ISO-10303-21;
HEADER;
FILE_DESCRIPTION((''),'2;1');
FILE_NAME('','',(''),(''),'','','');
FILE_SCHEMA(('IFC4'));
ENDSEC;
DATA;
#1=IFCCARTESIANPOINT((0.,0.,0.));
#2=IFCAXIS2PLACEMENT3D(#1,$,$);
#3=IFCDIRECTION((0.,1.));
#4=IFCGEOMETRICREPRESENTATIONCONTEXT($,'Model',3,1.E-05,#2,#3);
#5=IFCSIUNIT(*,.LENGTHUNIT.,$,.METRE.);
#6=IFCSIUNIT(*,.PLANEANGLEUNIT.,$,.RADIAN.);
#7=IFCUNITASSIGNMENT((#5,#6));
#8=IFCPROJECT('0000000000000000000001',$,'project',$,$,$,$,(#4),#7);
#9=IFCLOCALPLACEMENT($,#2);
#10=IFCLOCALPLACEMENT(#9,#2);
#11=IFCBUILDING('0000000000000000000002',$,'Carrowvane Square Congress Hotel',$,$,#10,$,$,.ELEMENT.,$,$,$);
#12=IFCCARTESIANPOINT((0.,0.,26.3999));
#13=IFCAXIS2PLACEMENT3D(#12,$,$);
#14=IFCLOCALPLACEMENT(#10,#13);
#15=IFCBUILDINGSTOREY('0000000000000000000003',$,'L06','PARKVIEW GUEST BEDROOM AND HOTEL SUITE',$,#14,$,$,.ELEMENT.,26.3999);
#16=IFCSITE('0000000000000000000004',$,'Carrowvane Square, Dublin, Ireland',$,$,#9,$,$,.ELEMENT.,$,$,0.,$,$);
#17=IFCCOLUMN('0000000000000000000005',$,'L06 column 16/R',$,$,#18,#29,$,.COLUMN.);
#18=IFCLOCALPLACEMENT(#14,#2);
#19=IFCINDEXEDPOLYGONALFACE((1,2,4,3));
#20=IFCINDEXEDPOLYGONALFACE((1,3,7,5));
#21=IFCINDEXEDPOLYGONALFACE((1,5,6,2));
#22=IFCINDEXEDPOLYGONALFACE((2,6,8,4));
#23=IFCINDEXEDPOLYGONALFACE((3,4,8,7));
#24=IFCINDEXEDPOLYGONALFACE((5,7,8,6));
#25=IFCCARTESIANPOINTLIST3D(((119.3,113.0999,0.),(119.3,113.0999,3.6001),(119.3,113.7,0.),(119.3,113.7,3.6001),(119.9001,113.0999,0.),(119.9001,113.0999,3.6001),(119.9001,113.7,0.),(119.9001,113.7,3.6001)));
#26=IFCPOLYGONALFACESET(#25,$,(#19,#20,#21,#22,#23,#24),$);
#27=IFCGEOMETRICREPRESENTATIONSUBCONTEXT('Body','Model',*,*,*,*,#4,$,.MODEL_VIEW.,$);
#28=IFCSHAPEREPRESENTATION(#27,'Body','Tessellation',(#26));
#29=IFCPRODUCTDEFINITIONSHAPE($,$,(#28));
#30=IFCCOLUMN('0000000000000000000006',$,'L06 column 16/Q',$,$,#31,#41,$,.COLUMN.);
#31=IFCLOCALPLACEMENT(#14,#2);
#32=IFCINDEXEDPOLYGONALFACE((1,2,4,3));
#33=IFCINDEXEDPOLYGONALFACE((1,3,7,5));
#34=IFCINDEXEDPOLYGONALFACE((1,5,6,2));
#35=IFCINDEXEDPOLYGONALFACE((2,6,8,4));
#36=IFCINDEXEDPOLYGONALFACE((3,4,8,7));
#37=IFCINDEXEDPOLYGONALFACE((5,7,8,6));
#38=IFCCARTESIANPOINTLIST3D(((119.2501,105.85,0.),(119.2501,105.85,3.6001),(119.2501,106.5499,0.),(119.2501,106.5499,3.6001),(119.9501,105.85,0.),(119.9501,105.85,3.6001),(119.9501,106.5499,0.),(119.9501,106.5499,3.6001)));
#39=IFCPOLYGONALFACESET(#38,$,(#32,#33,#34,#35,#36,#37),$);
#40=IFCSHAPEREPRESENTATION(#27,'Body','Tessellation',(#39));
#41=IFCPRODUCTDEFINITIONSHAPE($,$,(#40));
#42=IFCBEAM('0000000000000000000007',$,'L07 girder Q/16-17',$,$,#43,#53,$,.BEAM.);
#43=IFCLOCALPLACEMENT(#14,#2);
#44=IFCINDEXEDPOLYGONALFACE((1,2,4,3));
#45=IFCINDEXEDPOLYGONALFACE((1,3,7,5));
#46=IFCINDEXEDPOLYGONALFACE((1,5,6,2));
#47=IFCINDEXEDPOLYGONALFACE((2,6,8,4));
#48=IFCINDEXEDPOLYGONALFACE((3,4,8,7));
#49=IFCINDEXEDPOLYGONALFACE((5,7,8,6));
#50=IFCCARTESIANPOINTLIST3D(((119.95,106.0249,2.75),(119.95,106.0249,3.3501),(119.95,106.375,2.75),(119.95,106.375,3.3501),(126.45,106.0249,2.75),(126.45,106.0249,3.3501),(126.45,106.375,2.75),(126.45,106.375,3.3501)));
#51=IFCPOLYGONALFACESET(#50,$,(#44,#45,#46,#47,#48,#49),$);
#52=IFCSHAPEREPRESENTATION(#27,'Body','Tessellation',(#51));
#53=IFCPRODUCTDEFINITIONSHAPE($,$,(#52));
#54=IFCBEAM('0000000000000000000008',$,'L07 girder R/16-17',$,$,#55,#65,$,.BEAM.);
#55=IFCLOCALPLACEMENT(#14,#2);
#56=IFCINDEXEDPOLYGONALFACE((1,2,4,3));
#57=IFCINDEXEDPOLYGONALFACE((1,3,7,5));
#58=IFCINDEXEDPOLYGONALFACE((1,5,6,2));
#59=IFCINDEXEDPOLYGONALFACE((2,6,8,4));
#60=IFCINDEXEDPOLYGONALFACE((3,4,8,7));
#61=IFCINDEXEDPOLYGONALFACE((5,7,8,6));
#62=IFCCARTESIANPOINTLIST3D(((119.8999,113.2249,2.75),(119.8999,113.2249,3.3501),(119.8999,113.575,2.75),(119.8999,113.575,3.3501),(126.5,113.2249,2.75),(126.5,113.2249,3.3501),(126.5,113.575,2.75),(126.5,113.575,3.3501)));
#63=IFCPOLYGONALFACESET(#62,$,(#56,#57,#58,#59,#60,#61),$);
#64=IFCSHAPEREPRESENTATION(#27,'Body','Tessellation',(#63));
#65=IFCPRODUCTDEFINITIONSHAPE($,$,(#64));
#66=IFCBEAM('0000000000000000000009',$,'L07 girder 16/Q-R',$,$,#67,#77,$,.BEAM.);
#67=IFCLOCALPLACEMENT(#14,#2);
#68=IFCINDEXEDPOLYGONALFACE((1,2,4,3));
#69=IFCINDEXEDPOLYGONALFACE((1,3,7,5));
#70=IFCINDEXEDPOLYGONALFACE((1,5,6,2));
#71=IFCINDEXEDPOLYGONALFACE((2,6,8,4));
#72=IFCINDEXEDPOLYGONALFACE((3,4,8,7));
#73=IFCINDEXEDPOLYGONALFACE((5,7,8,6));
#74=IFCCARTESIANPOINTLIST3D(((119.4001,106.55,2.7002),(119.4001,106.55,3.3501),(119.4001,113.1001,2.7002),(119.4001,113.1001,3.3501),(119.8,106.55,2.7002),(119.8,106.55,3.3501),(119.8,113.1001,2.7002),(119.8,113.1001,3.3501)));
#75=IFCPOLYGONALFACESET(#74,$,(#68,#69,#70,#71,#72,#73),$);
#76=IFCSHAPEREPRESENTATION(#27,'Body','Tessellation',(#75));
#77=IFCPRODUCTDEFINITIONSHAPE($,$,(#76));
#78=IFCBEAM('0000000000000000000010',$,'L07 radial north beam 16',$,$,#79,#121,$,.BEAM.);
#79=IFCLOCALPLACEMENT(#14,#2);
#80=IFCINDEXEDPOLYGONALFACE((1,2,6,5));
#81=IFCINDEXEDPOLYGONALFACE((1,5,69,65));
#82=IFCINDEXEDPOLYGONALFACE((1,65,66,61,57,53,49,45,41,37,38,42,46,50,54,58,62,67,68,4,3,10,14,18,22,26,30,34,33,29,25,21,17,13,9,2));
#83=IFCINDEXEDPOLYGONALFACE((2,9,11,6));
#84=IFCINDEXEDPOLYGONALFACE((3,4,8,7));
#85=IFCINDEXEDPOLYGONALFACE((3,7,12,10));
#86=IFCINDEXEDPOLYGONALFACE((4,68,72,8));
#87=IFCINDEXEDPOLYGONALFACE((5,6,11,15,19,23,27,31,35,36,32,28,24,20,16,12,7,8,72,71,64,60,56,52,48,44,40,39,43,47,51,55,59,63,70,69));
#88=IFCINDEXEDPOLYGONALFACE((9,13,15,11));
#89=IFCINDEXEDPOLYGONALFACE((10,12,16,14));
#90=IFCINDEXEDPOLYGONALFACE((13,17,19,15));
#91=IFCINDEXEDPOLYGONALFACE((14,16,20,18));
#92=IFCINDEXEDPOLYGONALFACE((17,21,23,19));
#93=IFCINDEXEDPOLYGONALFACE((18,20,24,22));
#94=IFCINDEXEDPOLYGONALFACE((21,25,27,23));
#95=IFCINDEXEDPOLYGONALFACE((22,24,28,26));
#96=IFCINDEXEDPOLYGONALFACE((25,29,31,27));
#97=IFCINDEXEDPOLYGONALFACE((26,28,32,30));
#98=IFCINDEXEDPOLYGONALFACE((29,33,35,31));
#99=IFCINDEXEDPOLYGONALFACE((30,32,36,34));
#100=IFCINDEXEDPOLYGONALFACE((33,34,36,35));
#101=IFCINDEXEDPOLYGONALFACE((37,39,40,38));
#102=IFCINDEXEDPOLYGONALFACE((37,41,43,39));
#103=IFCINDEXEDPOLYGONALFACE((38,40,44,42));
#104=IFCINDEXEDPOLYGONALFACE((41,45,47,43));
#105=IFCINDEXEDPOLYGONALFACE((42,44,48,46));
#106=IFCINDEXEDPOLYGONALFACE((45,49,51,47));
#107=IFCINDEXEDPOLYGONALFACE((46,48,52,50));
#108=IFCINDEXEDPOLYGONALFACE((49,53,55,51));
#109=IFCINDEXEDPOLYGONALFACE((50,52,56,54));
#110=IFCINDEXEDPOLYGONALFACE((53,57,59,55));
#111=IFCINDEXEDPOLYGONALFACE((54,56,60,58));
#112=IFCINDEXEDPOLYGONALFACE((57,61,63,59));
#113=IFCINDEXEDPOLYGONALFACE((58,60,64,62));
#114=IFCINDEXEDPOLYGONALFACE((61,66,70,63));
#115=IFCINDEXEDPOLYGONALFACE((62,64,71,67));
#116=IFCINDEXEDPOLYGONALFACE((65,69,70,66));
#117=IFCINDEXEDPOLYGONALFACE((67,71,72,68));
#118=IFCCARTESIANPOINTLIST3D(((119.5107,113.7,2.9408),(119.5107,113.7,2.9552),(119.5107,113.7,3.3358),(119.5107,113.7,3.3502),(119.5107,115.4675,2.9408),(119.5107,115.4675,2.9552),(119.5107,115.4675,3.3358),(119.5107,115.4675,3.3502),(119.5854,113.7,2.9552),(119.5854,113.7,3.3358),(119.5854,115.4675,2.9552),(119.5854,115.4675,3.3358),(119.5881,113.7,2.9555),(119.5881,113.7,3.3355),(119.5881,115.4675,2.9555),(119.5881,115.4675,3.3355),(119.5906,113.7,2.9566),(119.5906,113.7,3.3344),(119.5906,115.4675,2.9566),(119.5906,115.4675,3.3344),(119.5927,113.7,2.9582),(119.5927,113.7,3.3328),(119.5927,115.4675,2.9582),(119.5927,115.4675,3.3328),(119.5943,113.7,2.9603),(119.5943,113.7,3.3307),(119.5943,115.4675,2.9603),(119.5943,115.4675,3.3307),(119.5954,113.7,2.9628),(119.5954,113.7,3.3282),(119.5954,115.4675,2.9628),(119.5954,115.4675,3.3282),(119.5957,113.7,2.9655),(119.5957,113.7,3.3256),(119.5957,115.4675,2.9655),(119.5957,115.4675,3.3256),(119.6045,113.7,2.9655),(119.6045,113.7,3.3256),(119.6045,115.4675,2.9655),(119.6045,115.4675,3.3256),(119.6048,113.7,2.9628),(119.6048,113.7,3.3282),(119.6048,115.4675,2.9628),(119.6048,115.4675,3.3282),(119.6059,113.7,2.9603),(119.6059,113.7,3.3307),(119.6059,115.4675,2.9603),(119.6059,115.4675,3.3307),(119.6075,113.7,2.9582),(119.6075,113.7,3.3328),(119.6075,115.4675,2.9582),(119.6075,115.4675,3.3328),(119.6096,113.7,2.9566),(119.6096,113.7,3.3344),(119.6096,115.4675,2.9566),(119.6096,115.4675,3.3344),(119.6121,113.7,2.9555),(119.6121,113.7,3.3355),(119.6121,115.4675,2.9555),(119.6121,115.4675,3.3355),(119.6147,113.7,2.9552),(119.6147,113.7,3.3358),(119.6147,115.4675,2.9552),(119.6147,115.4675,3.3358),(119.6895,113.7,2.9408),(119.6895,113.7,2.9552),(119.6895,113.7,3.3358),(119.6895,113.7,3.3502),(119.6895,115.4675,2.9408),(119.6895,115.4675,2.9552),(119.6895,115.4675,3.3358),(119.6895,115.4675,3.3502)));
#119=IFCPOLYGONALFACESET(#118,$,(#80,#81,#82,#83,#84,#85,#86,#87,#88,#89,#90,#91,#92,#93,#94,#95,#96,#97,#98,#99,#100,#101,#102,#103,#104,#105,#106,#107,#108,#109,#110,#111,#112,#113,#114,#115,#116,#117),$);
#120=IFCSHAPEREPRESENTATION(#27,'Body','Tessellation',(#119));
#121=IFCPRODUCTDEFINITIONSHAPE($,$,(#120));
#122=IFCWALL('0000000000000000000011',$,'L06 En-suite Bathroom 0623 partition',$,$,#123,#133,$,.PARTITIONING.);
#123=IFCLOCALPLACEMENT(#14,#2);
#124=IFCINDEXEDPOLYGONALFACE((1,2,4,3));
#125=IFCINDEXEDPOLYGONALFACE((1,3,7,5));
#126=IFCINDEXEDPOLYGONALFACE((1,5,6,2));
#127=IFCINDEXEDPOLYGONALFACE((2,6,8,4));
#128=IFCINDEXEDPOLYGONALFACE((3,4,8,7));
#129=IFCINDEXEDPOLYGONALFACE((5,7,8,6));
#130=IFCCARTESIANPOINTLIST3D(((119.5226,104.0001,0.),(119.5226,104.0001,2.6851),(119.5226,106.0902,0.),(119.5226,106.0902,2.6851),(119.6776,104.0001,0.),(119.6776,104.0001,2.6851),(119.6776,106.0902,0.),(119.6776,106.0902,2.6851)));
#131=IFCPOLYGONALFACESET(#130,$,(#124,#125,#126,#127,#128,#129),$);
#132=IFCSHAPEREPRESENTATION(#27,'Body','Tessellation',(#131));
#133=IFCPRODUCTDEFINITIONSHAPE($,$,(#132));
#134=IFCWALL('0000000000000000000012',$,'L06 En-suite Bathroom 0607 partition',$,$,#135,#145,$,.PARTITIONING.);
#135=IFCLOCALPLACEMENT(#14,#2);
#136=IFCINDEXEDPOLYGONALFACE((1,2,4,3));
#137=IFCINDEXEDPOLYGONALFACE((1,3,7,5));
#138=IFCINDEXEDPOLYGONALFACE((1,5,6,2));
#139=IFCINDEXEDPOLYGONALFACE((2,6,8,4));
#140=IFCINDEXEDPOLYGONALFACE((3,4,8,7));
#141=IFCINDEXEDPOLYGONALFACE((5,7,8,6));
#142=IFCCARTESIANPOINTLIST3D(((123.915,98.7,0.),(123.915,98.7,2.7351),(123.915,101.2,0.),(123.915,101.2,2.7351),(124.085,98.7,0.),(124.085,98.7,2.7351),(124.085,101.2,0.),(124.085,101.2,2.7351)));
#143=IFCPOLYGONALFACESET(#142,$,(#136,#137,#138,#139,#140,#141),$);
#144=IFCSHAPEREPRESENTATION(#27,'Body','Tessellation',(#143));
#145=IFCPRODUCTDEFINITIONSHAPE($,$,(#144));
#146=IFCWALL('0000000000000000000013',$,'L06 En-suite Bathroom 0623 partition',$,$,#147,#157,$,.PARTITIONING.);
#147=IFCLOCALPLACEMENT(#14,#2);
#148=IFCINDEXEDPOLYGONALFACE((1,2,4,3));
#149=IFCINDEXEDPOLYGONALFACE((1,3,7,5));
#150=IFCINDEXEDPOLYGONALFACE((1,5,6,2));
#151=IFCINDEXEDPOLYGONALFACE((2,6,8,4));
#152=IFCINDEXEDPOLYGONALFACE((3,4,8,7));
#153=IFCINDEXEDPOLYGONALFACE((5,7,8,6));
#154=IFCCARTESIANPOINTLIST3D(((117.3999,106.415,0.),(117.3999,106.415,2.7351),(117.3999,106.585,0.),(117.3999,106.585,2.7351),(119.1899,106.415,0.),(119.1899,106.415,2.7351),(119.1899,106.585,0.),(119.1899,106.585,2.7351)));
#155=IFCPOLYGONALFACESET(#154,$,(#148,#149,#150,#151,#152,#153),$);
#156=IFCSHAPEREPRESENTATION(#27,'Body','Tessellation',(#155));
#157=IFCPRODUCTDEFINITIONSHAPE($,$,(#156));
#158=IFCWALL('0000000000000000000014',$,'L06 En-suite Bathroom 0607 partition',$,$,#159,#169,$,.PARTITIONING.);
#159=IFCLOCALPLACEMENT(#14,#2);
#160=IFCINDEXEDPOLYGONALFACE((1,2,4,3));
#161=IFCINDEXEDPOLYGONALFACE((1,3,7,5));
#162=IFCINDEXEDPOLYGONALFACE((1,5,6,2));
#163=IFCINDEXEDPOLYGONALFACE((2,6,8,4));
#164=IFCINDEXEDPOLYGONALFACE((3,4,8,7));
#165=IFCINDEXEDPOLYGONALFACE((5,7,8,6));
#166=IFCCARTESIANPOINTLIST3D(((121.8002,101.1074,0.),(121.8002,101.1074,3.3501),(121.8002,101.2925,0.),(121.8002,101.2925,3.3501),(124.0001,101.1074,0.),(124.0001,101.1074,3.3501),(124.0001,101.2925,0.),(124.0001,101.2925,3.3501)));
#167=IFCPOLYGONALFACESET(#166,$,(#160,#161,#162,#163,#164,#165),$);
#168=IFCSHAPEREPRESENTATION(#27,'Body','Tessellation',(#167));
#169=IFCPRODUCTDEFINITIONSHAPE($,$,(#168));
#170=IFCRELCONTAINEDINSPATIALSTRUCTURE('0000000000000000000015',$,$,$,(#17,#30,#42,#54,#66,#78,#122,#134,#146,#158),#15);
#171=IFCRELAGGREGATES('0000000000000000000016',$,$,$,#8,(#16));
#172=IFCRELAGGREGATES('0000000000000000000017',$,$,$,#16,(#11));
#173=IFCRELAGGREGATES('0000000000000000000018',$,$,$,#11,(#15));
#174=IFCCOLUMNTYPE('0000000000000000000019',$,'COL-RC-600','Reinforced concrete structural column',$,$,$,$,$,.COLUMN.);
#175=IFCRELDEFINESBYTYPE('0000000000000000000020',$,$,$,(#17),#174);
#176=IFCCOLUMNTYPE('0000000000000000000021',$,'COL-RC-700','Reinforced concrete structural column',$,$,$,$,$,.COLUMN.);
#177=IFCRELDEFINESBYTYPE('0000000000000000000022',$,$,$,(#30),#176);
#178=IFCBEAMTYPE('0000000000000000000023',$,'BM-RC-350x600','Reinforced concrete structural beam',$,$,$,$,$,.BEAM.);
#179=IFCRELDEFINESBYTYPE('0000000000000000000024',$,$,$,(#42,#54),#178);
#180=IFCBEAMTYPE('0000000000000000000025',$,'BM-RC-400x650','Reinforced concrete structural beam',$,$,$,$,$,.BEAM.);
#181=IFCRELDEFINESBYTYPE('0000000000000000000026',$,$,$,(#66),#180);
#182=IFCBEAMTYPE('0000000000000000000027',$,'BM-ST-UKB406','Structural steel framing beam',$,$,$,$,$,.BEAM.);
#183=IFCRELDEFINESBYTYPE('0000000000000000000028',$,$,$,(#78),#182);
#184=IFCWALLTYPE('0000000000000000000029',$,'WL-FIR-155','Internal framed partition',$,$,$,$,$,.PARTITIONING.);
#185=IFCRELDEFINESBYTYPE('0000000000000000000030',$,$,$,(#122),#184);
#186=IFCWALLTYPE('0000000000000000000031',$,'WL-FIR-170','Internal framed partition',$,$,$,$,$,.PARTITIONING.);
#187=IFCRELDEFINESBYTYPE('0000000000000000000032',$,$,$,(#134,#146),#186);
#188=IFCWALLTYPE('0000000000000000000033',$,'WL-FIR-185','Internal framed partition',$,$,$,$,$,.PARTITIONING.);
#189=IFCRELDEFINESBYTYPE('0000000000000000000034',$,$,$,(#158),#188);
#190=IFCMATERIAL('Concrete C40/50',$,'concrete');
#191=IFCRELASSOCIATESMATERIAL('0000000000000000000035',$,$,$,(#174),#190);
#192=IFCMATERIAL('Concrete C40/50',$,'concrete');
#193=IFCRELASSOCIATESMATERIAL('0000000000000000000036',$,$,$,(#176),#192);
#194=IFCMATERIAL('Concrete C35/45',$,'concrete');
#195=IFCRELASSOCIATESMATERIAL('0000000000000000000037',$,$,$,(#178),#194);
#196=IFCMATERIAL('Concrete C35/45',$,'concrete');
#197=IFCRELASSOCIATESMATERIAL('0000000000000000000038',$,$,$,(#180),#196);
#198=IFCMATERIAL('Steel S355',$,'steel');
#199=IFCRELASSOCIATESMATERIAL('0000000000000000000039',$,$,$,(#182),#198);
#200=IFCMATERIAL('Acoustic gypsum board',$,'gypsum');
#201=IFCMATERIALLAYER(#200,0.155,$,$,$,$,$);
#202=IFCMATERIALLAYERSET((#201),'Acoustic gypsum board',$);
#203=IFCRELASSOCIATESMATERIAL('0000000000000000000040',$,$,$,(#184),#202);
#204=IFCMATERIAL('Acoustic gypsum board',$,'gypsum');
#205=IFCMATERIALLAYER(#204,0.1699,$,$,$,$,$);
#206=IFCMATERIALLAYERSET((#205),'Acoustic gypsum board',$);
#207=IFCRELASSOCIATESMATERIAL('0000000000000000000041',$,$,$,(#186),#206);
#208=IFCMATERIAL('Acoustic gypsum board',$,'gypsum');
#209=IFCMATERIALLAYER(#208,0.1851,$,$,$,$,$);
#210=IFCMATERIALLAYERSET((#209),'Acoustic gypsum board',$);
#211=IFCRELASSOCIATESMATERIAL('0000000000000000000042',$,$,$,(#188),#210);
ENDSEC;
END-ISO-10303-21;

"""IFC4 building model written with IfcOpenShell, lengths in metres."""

from ifc_helpers import new_model, si_unit, direction, frame, frame_2d, origin, origin_2d, place, context, subcontext, project, spatial, rectangle, i_section, extrude, material, layer, layer_set, material_profile, profile_set, type_object, element, save


model = new_model("IFC4")

# Units and contexts
model_context = context("Model", 3, precision=1e-05, world=origin(), true_north=direction((0.0, 1.0)))
body_context = subcontext(model_context, "Body", "Model", "MODEL_VIEW")
ifc_project = project(units=[si_unit("LENGTHUNIT", "METRE"), si_unit("PLANEANGLEUNIT", "RADIAN")], contexts=[model_context])

# Site, building, storey
site_placement = place(None, origin())
site = spatial("IfcSite", under=ifc_project, at=site_placement, Name="Carrowvane Square, Dublin, Ireland", CompositionType="ELEMENT", RefElevation=0.0)
building_placement = place(site_placement, origin())
building = spatial("IfcBuilding", under=site, at=building_placement, Name="Carrowvane Square Congress Hotel", CompositionType="ELEMENT")
storey_placement = place(building_placement, frame((0.0, 0.0, 26.3999)))
storey = spatial("IfcBuildingStorey", under=building, at=storey_placement, Name="L06", Description="PARKVIEW GUEST BEDROOM AND HOTEL SUITE", CompositionType="ELEMENT", Elevation=26.3999)

# Columns
ifc_material_1 = material(Name="Concrete C40/50", Category="concrete")
ifc_material_profile_1 = material_profile(ifc_material_1, rectangle(XDim=0.6001, YDim=0.6001, at=origin_2d()), Name="RC 600x600")
ifc_profile_set_1 = profile_set([ifc_material_profile_1], Name="Concrete C40/50")
column_type_1 = type_object("IfcColumnType", Name="COL-RC-600", Description="Reinforced concrete structural column", PredefinedType="COLUMN", material=ifc_profile_set_1)
column_1_placement = place(storey_placement, frame((119.6001, 113.3999, 0.0), z_axis=(0.0, 0.0, 1.0), x_axis=(1.0, 0.0, 0.0)))
element("IfcColumn", 1, at=column_1_placement, inside=storey, type_object=column_type_1, Name="L06 column 16/R", PredefinedType="COLUMN", context=body_context, shape_type="SweptSolid", body=[
    extrude(rectangle(XDim=0.6001, YDim=0.6001, at=origin_2d()), origin(), (0.0, 0.0, 1.0), 3.6001),
])
ifc_material_2 = material(Name="Concrete C40/50", Category="concrete")
ifc_material_profile_2 = material_profile(ifc_material_2, rectangle(XDim=0.7, YDim=0.7, at=origin_2d()), Name="RC 700x700")
ifc_profile_set_2 = profile_set([ifc_material_profile_2], Name="Concrete C40/50")
column_type_2 = type_object("IfcColumnType", Name="COL-RC-700", Description="Reinforced concrete structural column", PredefinedType="COLUMN", material=ifc_profile_set_2)
column_2_placement = place(storey_placement, frame((119.6001, 106.2, 0.0), z_axis=(0.0, 0.0, 1.0), x_axis=(1.0, 0.0, 0.0)))
element("IfcColumn", 2, at=column_2_placement, inside=storey, type_object=column_type_2, Name="L06 column 16/Q", PredefinedType="COLUMN", context=body_context, shape_type="SweptSolid", body=[
    extrude(rectangle(XDim=0.7, YDim=0.7, at=origin_2d()), origin(), (0.0, 0.0, 1.0), 3.6001),
])

# Beams
ifc_material_3 = material(Name="Concrete C35/45", Category="concrete")
ifc_material_profile_3 = material_profile(ifc_material_3, rectangle(XDim=0.3501, YDim=0.6001, at=origin_2d()), Name="RC 350x600")
ifc_profile_set_3 = profile_set([ifc_material_profile_3], Name="Concrete C35/45")
beam_type_1 = type_object("IfcBeamType", Name="BM-RC-350x600", Description="Reinforced concrete structural beam", PredefinedType="BEAM", material=ifc_profile_set_3)
beam_1_placement = place(storey_placement, frame((119.95, 106.2, 3.05), z_axis=(1.0, 0.0, 0.0), x_axis=(0.0, 1.0, 0.0)))
element("IfcBeam", 3, at=beam_1_placement, inside=storey, type_object=beam_type_1, Name="L07 girder Q/16-17", PredefinedType="BEAM", context=body_context, shape_type="SweptSolid", body=[
    extrude(rectangle(XDim=0.3501, YDim=0.6001, at=origin_2d()), origin(), (0.0, 0.0, 1.0), 6.5),
])
beam_2_placement = place(storey_placement, frame((119.8999, 113.3999, 3.05), z_axis=(1.0, 0.0, 0.0), x_axis=(0.0, 1.0, 0.0)))
element("IfcBeam", 4, at=beam_2_placement, inside=storey, type_object=beam_type_1, Name="L07 girder R/16-17", PredefinedType="BEAM", context=body_context, shape_type="SweptSolid", body=[
    extrude(rectangle(XDim=0.3501, YDim=0.6001, at=origin_2d()), origin(), (0.0, 0.0, 1.0), 6.6001),
])
ifc_material_4 = material(Name="Concrete C35/45", Category="concrete")
ifc_material_profile_4 = material_profile(ifc_material_4, rectangle(XDim=0.3999, YDim=0.6499, at=origin_2d()), Name="RC 400x650")
ifc_profile_set_4 = profile_set([ifc_material_profile_4], Name="Concrete C35/45")
beam_type_2 = type_object("IfcBeamType", Name="BM-RC-400x650", Description="Reinforced concrete structural beam", PredefinedType="BEAM", material=ifc_profile_set_4)
beam_3_placement = place(storey_placement, frame((119.6001, 106.55, 3.0251), z_axis=(0.0, 1.0, 0.0), x_axis=(-1.0, 0.0, 0.0)))
element("IfcBeam", 5, at=beam_3_placement, inside=storey, type_object=beam_type_2, Name="L07 girder 16/Q-R", PredefinedType="BEAM", context=body_context, shape_type="SweptSolid", body=[
    extrude(rectangle(XDim=0.3999, YDim=0.6499, at=origin_2d()), origin(), (0.0, 0.0, 1.0), 6.55),
])
ifc_material_5 = material(Name="Steel S355", Category="steel")
ifc_material_profile_5 = material_profile(ifc_material_5, i_section(OverallWidth=0.1787, OverallDepth=0.4094, WebThickness=0.0088, FlangeThickness=0.0144, FilletRadius=0.0103, at=origin_2d()), Name="UKB 406x178x67")
ifc_profile_set_5 = profile_set([ifc_material_profile_5], Name="Steel S355")
beam_type_3 = type_object("IfcBeamType", Name="BM-ST-UKB406", Description="Structural steel framing beam", PredefinedType="BEAM", material=ifc_profile_set_5)
beam_4_placement = place(storey_placement, frame((119.6001, 113.7, 3.1455), z_axis=(0.0, 1.0, 0.0), x_axis=(-1.0, 0.0, 0.0)))
element("IfcBeam", 6, at=beam_4_placement, inside=storey, type_object=beam_type_3, Name="L07 radial north beam 16", PredefinedType="BEAM", context=body_context, shape_type="SweptSolid", body=[
    extrude(i_section(OverallWidth=0.1787, OverallDepth=0.4094, WebThickness=0.0088, FlangeThickness=0.0144, FilletRadius=0.0103, at=origin_2d()), origin(), (0.0, 0.0, 1.0), 1.7676),
])

# Walls
ifc_material_6 = material(Name="Acoustic gypsum board", Category="gypsum")
ifc_layer_1 = layer(ifc_material_6, 0.155)
ifc_layer_set_1 = layer_set([ifc_layer_1], Name="Acoustic gypsum board")
wall_type_1 = type_object("IfcWallType", Name="WL-FIR-155", Description="Internal framed partition", PredefinedType="PARTITIONING", material=ifc_layer_set_1)
wall_1_placement = place(storey_placement, frame((119.6001, 106.0901, 0.0), z_axis=(0.0, 0.0, 1.0), x_axis=(0.0, -1.0, 0.0)))
element("IfcWall", 7, at=wall_1_placement, inside=storey, type_object=wall_type_1, Name="L06 En-suite Bathroom 0623 partition", PredefinedType="PARTITIONING", context=body_context, shape_type="SweptSolid", body=[
    extrude(rectangle(XDim=2.0901, YDim=0.155, at=frame_2d((1.0449, 0.0))), origin(), (0.0, 0.0, 1.0), 2.6851),
])
ifc_material_7 = material(Name="Acoustic gypsum board", Category="gypsum")
ifc_layer_2 = layer(ifc_material_7, 0.1699)
ifc_layer_set_2 = layer_set([ifc_layer_2], Name="Acoustic gypsum board")
wall_type_2 = type_object("IfcWallType", Name="WL-FIR-170", Description="Internal framed partition", PredefinedType="PARTITIONING", material=ifc_layer_set_2)
wall_2_placement = place(storey_placement, frame((124.0, 101.2, 0.0), z_axis=(0.0, 0.0, 1.0), x_axis=(0.0, -1.0, 0.0)))
element("IfcWall", 8, at=wall_2_placement, inside=storey, type_object=wall_type_2, Name="L06 En-suite Bathroom 0607 partition", PredefinedType="PARTITIONING", context=body_context, shape_type="SweptSolid", body=[
    extrude(rectangle(XDim=2.5, YDim=0.1699, at=frame_2d((1.25, 0.0))), origin(), (0.0, 0.0, 1.0), 2.7351),
])
wall_3_placement = place(storey_placement, frame((117.3999, 106.5, 0.0), z_axis=(0.0, 0.0, 1.0), x_axis=(1.0, 0.0, 0.0)))
element("IfcWall", 9, at=wall_3_placement, inside=storey, type_object=wall_type_2, Name="L06 En-suite Bathroom 0623 partition", PredefinedType="PARTITIONING", context=body_context, shape_type="SweptSolid", body=[
    extrude(rectangle(XDim=1.79, YDim=0.1699, at=frame_2d((0.895, 0.0))), origin(), (0.0, 0.0, 1.0), 2.7351),
])

# Wall
ifc_material_8 = material(Name="Acoustic gypsum board", Category="gypsum")
ifc_layer_3 = layer(ifc_material_8, 0.1851)
ifc_layer_set_3 = layer_set([ifc_layer_3], Name="Acoustic gypsum board")
wall_type_3 = type_object("IfcWallType", Name="WL-FIR-185", Description="Internal framed partition", PredefinedType="PARTITIONING", material=ifc_layer_set_3)
wall_4_placement = place(storey_placement, frame((121.8, 101.2, 0.0), z_axis=(0.0, 0.0, 1.0), x_axis=(1.0, 0.0, 0.0)))
element("IfcWall", 10, at=wall_4_placement, inside=storey, type_object=wall_type_3, Name="L06 En-suite Bathroom 0607 partition", PredefinedType="PARTITIONING", context=body_context, shape_type="SweptSolid", body=[
    extrude(rectangle(XDim=2.2, YDim=0.1851, at=frame_2d((1.1001, 0.0))), origin(), (0.0, 0.0, 1.0), 3.3501),
])

save(model, "model.ifc")
